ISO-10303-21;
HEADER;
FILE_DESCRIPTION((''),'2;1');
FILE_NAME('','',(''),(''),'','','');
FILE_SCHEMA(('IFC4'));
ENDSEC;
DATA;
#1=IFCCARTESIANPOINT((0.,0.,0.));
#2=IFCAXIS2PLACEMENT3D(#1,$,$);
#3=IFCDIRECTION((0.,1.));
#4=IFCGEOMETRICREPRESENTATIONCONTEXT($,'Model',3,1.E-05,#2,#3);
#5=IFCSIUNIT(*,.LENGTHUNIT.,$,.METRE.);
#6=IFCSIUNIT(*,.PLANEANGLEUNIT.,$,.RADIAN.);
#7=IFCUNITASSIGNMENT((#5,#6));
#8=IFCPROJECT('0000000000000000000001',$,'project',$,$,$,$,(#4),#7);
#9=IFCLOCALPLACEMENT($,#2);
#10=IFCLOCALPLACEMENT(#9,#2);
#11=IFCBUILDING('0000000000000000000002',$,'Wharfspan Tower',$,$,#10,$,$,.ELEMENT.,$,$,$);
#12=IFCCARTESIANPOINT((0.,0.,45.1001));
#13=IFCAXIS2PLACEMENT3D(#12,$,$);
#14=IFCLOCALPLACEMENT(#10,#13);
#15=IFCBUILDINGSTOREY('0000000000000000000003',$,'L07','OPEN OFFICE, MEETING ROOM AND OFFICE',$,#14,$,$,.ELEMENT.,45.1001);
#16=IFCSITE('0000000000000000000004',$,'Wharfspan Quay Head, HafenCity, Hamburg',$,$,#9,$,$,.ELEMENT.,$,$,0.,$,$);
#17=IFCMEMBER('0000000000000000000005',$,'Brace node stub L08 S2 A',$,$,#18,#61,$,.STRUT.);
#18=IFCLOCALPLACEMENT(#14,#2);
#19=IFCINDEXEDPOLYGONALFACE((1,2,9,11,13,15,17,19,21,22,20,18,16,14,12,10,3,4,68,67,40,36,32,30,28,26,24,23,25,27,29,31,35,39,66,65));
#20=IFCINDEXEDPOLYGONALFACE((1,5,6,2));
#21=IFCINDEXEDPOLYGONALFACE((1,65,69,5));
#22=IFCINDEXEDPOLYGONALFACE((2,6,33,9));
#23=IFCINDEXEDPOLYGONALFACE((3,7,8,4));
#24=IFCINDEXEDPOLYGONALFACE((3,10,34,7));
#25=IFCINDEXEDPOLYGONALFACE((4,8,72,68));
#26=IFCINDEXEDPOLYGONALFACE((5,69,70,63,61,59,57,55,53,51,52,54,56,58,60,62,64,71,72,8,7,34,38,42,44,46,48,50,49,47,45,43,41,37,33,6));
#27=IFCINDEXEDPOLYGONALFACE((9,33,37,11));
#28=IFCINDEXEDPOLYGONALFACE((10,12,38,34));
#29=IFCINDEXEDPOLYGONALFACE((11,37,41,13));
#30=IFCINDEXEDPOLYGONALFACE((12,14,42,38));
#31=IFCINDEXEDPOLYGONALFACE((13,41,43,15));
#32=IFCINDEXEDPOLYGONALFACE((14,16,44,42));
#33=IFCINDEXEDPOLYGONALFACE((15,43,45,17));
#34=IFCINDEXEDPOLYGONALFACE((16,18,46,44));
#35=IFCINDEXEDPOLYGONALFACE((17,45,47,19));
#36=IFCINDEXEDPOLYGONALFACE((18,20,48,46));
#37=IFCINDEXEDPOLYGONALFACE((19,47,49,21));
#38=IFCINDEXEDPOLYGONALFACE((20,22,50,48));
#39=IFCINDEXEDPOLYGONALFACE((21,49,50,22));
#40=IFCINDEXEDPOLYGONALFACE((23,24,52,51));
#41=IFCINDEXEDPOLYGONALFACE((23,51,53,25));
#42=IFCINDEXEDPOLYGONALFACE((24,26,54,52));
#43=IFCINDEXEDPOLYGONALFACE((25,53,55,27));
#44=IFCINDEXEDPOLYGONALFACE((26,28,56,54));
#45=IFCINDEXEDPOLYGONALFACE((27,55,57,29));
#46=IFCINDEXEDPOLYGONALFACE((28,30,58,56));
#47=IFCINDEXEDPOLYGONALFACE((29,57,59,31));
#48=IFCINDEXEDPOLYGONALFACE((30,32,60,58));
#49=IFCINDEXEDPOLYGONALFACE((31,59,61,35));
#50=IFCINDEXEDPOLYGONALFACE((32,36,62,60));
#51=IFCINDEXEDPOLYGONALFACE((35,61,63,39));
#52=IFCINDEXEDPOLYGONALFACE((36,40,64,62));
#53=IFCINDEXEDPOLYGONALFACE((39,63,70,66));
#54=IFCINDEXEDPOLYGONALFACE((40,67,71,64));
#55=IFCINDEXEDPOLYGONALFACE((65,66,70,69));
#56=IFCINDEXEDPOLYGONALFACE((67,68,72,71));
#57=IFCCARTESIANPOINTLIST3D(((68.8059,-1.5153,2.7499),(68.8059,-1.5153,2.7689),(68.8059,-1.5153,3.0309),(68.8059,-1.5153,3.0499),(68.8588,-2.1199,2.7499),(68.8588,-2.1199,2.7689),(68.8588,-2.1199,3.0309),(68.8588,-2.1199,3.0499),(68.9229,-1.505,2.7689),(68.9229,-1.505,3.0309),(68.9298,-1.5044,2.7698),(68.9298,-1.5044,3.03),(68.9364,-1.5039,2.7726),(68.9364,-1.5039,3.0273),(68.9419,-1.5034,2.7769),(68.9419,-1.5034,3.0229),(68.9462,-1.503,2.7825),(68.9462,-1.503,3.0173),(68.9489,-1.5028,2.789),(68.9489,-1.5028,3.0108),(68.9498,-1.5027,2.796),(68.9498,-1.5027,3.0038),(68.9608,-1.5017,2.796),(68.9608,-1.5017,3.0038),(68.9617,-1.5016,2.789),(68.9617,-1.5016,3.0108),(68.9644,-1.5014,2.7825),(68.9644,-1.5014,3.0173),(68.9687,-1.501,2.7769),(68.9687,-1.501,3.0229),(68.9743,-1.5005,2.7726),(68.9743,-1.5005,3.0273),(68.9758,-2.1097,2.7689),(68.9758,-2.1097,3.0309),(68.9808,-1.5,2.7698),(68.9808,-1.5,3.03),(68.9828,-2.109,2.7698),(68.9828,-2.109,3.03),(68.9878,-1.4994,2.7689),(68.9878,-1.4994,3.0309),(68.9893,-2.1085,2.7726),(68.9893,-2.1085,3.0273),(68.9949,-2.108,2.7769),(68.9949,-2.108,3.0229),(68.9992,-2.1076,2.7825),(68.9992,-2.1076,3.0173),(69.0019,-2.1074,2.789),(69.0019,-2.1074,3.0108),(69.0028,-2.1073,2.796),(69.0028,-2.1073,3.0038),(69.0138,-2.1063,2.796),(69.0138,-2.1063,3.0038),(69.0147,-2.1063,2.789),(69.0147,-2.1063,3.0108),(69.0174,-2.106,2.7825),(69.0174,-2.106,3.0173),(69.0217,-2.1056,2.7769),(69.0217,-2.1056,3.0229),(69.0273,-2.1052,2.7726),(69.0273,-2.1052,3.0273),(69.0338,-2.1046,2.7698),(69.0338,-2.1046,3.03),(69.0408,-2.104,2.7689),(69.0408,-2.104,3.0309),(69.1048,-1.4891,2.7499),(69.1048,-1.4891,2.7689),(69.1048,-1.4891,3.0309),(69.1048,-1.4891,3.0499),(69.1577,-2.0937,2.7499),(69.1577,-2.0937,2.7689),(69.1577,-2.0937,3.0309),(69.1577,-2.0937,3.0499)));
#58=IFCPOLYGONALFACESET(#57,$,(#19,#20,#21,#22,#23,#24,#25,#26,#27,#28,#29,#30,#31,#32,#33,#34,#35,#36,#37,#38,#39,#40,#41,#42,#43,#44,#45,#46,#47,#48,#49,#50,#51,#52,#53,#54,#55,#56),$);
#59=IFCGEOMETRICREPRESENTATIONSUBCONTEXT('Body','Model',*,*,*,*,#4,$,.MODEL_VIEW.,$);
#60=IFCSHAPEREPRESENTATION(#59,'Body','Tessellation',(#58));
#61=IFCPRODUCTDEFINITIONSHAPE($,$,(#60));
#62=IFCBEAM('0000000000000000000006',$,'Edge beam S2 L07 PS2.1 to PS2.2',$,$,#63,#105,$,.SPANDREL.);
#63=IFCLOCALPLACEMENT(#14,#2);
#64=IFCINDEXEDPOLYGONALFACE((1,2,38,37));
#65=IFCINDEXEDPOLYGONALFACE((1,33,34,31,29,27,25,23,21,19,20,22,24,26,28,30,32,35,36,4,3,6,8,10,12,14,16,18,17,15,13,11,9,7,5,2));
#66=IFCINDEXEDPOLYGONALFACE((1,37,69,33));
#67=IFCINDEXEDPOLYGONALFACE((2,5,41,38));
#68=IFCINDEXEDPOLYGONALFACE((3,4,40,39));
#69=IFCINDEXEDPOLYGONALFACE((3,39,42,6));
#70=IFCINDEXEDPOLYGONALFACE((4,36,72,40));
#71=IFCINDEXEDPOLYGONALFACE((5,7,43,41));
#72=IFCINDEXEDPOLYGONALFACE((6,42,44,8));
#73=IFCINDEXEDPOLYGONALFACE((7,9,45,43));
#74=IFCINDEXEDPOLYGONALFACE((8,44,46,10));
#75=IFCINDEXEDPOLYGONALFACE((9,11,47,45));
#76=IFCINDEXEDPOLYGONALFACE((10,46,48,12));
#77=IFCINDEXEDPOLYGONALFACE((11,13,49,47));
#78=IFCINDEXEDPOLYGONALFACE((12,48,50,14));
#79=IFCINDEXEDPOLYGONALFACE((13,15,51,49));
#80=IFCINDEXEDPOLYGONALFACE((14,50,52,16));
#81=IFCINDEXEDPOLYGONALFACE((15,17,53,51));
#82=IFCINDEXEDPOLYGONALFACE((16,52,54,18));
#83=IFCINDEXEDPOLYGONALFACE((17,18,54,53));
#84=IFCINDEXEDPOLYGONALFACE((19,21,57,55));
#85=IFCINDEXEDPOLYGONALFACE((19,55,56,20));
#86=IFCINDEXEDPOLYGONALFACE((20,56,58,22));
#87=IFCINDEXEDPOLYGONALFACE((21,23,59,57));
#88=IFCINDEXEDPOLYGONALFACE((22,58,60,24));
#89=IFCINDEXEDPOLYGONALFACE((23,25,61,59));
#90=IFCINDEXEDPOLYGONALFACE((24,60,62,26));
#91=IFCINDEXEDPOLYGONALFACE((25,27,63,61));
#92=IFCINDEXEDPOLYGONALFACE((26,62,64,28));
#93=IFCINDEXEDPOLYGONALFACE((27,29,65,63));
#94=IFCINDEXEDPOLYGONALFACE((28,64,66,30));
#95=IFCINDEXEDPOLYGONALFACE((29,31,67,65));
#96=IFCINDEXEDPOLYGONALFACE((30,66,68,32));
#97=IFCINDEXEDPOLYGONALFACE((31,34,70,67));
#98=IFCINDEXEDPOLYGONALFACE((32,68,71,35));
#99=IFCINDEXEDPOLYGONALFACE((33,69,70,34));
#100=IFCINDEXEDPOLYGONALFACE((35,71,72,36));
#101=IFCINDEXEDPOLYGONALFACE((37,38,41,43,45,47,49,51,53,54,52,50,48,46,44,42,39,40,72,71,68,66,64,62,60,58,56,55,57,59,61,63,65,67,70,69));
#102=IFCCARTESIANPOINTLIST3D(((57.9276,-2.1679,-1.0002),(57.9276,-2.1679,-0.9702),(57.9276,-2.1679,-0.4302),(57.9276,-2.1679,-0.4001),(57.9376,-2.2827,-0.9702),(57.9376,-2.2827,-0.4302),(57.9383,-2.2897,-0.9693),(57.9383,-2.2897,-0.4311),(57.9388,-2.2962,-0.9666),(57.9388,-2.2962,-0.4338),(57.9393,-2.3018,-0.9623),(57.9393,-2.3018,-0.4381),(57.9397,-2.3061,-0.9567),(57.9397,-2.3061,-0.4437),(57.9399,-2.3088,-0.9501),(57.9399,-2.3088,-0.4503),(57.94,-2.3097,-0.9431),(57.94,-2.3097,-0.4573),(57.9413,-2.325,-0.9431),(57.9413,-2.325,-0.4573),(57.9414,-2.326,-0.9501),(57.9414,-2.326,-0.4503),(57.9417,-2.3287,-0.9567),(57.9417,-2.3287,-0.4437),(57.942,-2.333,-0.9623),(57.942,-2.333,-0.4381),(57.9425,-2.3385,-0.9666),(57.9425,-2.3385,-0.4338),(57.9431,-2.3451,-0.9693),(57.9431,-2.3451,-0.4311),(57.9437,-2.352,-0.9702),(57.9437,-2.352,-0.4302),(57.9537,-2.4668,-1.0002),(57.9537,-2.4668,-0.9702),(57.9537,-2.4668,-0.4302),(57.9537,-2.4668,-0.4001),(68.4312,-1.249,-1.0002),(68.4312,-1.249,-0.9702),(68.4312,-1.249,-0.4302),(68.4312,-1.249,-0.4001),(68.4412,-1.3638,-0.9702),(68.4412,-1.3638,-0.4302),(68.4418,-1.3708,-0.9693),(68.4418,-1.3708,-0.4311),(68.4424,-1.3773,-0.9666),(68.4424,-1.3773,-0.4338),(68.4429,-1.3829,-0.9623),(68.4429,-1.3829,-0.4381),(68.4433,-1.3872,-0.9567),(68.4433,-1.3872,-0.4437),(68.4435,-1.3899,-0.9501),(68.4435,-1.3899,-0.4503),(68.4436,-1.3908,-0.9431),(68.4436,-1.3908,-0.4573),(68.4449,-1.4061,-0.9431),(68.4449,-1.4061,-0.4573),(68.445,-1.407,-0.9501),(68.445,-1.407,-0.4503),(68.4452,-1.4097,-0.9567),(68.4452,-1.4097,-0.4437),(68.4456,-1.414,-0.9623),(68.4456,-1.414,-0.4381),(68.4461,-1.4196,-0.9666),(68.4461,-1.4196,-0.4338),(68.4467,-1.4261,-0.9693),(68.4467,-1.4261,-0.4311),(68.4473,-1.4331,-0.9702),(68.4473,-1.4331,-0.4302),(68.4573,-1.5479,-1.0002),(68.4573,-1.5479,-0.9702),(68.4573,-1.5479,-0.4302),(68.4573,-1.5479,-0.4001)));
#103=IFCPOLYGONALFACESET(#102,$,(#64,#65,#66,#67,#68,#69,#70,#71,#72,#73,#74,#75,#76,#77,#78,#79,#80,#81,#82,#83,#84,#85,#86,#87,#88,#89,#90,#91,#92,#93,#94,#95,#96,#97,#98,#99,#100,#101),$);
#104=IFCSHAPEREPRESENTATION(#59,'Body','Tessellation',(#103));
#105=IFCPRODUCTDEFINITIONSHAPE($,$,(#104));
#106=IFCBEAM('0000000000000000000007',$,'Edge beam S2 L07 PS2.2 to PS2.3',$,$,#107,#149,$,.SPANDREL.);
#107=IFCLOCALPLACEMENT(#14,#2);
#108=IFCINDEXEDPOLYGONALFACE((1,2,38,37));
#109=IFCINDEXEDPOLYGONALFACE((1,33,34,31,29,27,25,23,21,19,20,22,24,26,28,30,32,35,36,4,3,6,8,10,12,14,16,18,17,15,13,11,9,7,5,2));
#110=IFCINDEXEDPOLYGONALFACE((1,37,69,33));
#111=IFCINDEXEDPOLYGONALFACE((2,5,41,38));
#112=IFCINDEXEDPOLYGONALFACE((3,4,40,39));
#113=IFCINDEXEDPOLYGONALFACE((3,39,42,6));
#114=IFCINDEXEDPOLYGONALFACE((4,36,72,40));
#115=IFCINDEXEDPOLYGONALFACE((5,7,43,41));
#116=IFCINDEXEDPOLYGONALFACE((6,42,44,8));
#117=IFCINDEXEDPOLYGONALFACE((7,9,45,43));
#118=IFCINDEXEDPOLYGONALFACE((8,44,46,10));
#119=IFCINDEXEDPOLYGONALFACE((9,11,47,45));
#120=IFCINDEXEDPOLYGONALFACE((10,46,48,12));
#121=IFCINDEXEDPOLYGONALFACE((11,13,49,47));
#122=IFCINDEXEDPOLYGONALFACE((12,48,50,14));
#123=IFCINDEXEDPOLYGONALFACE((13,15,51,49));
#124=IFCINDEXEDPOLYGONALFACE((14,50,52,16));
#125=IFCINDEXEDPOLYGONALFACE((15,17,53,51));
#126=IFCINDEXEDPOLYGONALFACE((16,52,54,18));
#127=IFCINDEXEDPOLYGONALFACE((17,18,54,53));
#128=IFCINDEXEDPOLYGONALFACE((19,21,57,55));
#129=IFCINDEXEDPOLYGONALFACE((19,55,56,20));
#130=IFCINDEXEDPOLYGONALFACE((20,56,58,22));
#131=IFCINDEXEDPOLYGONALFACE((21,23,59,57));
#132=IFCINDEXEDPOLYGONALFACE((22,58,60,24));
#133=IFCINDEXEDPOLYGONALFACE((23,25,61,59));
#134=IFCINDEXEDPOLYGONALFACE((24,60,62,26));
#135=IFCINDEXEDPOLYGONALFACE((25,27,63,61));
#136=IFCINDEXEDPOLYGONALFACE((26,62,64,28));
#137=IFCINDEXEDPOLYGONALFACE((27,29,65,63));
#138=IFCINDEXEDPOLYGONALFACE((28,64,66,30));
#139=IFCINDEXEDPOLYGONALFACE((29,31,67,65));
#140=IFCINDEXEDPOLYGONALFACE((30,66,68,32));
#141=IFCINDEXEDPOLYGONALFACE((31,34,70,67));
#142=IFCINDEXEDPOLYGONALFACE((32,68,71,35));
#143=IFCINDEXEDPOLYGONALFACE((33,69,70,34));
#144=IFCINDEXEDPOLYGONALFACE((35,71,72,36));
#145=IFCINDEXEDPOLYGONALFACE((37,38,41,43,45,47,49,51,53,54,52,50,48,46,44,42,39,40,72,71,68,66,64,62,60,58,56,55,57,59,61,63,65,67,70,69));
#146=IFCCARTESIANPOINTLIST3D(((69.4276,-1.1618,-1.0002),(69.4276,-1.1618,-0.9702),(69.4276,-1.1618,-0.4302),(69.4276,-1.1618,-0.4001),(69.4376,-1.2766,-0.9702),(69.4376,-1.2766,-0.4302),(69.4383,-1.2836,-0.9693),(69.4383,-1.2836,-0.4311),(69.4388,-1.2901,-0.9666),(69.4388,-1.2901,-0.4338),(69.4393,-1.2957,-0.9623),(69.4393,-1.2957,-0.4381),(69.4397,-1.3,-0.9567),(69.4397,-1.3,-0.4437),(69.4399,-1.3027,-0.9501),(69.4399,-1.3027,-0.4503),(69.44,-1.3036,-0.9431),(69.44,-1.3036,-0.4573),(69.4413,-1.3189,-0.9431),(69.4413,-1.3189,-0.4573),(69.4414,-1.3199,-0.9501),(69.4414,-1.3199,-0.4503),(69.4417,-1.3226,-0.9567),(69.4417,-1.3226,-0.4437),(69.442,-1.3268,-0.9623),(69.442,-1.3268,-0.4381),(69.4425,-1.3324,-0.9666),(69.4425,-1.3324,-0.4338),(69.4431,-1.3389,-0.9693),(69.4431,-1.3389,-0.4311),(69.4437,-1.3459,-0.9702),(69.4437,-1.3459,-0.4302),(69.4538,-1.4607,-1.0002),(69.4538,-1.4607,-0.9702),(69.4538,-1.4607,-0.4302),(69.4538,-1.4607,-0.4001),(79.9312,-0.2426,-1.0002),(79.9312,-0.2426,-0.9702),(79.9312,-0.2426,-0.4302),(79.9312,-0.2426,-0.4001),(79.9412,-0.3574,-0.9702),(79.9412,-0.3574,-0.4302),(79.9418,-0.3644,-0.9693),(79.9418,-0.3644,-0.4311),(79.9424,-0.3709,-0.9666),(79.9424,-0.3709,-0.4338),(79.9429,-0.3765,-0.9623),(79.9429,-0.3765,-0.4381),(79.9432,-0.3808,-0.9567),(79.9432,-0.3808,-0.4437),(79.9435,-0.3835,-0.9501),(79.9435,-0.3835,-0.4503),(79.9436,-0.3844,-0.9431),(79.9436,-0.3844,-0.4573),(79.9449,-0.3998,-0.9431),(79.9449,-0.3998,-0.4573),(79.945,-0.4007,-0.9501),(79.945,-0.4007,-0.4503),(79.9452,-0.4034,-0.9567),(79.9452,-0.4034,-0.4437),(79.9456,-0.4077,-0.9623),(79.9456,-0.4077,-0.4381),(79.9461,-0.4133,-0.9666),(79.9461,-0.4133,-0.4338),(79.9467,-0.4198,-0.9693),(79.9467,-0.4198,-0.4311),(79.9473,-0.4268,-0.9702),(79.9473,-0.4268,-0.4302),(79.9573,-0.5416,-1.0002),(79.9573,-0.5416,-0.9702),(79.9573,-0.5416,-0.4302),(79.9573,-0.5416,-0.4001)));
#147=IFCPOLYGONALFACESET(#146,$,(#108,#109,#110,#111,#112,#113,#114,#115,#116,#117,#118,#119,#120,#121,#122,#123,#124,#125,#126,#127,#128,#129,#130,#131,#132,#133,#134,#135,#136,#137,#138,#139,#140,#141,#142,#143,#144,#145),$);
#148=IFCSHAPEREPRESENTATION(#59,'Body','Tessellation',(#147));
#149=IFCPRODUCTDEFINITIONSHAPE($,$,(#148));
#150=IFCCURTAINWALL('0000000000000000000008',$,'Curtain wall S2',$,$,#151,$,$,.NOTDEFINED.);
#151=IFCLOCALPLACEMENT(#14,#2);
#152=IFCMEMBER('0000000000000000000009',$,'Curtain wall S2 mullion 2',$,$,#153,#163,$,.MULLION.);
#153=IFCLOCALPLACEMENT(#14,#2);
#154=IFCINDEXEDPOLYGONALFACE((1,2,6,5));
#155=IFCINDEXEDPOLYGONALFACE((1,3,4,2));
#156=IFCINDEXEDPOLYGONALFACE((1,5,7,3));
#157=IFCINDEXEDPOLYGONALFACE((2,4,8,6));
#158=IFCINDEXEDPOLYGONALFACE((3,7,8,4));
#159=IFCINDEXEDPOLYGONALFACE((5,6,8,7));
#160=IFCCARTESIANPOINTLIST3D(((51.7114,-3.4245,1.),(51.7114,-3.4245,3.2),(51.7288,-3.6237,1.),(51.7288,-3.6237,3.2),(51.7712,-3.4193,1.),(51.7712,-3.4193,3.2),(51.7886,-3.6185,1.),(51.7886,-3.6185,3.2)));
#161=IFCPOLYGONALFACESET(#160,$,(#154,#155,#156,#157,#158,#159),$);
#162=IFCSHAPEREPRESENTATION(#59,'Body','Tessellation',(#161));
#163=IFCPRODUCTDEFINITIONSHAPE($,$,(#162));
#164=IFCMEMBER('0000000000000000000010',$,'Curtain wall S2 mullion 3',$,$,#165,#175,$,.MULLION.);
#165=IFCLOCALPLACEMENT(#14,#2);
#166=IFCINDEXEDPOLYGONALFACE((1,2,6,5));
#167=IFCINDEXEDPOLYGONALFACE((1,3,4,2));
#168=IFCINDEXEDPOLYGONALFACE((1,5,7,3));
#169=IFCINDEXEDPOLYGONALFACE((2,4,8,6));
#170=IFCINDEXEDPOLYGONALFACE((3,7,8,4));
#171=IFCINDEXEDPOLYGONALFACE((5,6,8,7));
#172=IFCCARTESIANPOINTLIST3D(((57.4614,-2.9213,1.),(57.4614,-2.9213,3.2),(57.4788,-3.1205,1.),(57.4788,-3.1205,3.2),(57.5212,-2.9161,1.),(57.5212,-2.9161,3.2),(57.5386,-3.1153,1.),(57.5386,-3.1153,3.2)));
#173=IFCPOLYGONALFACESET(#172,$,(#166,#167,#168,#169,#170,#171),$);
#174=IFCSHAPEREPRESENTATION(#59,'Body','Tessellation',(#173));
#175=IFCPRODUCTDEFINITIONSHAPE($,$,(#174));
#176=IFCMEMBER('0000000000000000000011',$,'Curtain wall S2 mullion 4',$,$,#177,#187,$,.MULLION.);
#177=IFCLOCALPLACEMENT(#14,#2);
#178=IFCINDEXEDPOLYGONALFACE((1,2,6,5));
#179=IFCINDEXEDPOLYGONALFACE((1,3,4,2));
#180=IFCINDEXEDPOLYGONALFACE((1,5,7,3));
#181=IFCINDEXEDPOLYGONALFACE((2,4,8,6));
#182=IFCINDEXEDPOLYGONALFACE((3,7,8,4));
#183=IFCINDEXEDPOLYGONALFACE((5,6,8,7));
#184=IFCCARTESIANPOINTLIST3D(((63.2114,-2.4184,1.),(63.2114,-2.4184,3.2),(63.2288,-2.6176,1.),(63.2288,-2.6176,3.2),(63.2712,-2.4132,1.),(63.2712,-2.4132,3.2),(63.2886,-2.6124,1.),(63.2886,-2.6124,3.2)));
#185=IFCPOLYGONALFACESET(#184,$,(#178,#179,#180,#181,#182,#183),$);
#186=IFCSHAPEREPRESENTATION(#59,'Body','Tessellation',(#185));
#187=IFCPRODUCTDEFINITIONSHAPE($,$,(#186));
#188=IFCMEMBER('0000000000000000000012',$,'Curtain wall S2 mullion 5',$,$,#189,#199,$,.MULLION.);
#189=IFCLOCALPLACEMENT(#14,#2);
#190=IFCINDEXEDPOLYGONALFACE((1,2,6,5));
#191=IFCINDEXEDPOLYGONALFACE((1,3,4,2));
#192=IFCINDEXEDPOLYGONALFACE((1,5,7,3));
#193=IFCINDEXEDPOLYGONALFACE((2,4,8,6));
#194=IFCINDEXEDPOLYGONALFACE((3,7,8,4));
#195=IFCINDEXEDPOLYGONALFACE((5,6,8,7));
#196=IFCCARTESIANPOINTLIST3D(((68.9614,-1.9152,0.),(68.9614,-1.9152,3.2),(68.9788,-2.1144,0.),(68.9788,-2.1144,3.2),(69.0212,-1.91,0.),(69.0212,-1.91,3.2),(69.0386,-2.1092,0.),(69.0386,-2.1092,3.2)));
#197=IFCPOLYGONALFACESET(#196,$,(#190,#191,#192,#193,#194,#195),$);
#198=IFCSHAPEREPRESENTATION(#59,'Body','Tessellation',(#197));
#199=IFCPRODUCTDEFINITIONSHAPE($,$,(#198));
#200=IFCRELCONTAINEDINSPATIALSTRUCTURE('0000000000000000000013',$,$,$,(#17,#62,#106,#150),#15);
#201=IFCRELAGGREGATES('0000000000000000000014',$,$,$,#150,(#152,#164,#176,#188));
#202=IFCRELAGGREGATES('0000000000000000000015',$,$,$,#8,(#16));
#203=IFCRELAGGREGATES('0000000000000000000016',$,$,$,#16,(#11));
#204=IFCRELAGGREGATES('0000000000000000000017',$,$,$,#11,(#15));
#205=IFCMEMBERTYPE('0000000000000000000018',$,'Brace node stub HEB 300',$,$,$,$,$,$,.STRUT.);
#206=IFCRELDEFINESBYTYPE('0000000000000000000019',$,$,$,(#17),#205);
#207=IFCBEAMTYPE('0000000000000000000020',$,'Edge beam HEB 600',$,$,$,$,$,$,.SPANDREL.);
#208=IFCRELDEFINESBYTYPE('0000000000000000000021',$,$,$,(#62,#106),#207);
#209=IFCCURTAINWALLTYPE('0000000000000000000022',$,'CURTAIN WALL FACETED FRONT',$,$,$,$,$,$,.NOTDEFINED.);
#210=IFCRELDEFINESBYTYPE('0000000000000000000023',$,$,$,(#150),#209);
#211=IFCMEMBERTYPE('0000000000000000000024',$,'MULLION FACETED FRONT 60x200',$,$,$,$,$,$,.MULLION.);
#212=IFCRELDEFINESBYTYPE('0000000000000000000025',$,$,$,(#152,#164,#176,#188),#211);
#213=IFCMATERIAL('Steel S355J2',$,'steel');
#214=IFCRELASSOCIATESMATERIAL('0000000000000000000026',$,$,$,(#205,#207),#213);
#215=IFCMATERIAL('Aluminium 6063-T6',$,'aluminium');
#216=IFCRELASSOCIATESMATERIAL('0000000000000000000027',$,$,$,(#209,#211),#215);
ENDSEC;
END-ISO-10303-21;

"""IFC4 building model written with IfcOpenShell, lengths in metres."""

from ifc_helpers import new_model, si_unit, direction, frame, origin, origin_2d, place, context, subcontext, project, spatial, rectangle, i_section, extrude, material, material_profile, profile_set, type_object, element, aggregate, save


model = new_model("IFC4")

# Units and contexts
model_context = context("Model", 3, precision=1e-05, world=origin(), true_north=direction((0.0, 1.0)))
body_context = subcontext(model_context, "Body", "Model", "MODEL_VIEW")
ifc_project = project(units=[si_unit("LENGTHUNIT", "METRE"), si_unit("PLANEANGLEUNIT", "RADIAN")], contexts=[model_context])

# Site, building, storey
site_placement = place(None, origin())
site = spatial("IfcSite", under=ifc_project, at=site_placement, Name="Wharfspan Quay Head, HafenCity, Hamburg", CompositionType="ELEMENT", RefElevation=0.0)
building_placement = place(site_placement, origin())
building = spatial("IfcBuilding", under=site, at=building_placement, Name="Wharfspan Tower", CompositionType="ELEMENT")
storey_placement = place(building_placement, frame((0.0, 0.0, 45.1001)))
storey = spatial("IfcBuildingStorey", under=building, at=storey_placement, Name="L07", Description="OPEN OFFICE, MEETING ROOM AND OFFICE", CompositionType="ELEMENT", Elevation=45.1001)

# Shared definitions
ifc_material_1 = material(Name="Steel S355J2", Category="steel")

# Member
ifc_material_profile_1 = material_profile(ifc_material_1, i_section(OverallWidth=0.3, OverallDepth=0.3, WebThickness=0.011, FlangeThickness=0.019, FilletRadius=0.0271, at=origin_2d()))
ifc_profile_set_1 = profile_set([ifc_material_profile_1], Name="Steel S355J2")
member_type_1 = type_object("IfcMemberType", Name="Brace node stub HEB 300", PredefinedType="STRUT", material=ifc_profile_set_1)
member_1_placement = place(storey_placement, frame((68.9553, -1.5022, 2.8999), z_axis=(0.087272, -0.996185, 0.0), x_axis=(0.996185, 0.087272, 0.0)))
element("IfcMember", 1, at=member_1_placement, inside=storey, type_object=member_type_1, Name="Brace node stub L08 S2 A", PredefinedType="STRUT", context=body_context, shape_type="SweptSolid", body=[
    extrude(i_section(OverallWidth=0.3, OverallDepth=0.3, WebThickness=0.011, FlangeThickness=0.019, FilletRadius=0.0271, at=origin_2d()), origin(), (0.0, 0.0, 1.0), 0.6069),
])

# Beams
ifc_material_profile_2 = material_profile(ifc_material_1, i_section(OverallWidth=0.3, OverallDepth=0.6001, WebThickness=0.0154, FlangeThickness=0.03, FilletRadius=0.0271, at=origin_2d()))
ifc_profile_set_2 = profile_set([ifc_material_profile_2], Name="Steel S355J2")
beam_type = type_object("IfcBeamType", Name="Edge beam HEB 600", PredefinedType="SPANDREL", material=ifc_profile_set_2)
for number, where, z_axis, x_axis, name in (
    (2, (57.9407, -2.3174, -0.7002), (0.996195, 0.087155, 0.0), (-0.087155, 0.996195, 0.0), "Edge beam S2 L07 PS2.1 to PS2.2"),
    (3, (69.4407, -1.3113, -0.7002), (0.996193, 0.087178, 0.0), (-0.087178, 0.996193, 0.0), "Edge beam S2 L07 PS2.2 to PS2.3"),
):
    element("IfcBeam", number, at=place(storey_placement, frame(where, z_axis=z_axis, x_axis=x_axis)), inside=storey, type_object=beam_type, Name=name, PredefinedType="SPANDREL", context=body_context, shape_type="SweptSolid", body=[
        extrude(i_section(OverallWidth=0.3, OverallDepth=0.6001, WebThickness=0.0154, FlangeThickness=0.03, FilletRadius=0.0271, at=origin_2d()), origin(), (0.0, 0.0, 1.0), 10.5437),
    ])

# Curtain wall, members
ifc_material_2 = material(Name="Aluminium 6063-T6", Category="aluminium")
curtain_wall_type = type_object("IfcCurtainWallType", Name="CURTAIN WALL FACETED FRONT", PredefinedType="NOTDEFINED", material=ifc_material_2)
curtain_wall_placement = place(storey_placement, origin())
curtain_wall = element("IfcCurtainWall", 4, at=curtain_wall_placement, inside=storey, type_object=curtain_wall_type, Name="Curtain wall S2", PredefinedType="NOTDEFINED")
ifc_material_profile_3 = material_profile(ifc_material_2, rectangle(XDim=0.2, YDim=0.0601, at=origin_2d()))
ifc_profile_set_3 = profile_set([ifc_material_profile_3], Name="Aluminium 6063-T6")
member_type_2 = type_object("IfcMemberType", Name="MULLION FACETED FRONT 60x200", PredefinedType="MULLION", material=ifc_profile_set_3)
member_2_placement = place(storey_placement, frame((51.75, -3.5215, 1.0), z_axis=(0.0, 0.0, 1.0), x_axis=(-0.087156, 0.996197, 0.0)))
member_2 = element("IfcMember", 5, at=member_2_placement, type_object=member_type_2, Name="Curtain wall S2 mullion 2", PredefinedType="MULLION", context=body_context, shape_type="SweptSolid", body=[
    extrude(rectangle(XDim=0.2, YDim=0.0601, at=origin_2d()), origin(), (0.0, 0.0, 1.0), 2.2),
])
member_3_placement = place(storey_placement, frame((57.5, -3.0183, 1.0), z_axis=(0.0, 0.0, 1.0), x_axis=(-0.087156, 0.996197, 0.0)))
member_3 = element("IfcMember", 6, at=member_3_placement, type_object=member_type_2, Name="Curtain wall S2 mullion 3", PredefinedType="MULLION", context=body_context, shape_type="SweptSolid", body=[
    extrude(rectangle(XDim=0.2, YDim=0.0601, at=origin_2d()), origin(), (0.0, 0.0, 1.0), 2.2),
])
member_4_placement = place(storey_placement, frame((63.25, -2.5154, 1.0), z_axis=(0.0, 0.0, 1.0), x_axis=(-0.087156, 0.996197, 0.0)))
member_4 = element("IfcMember", 7, at=member_4_placement, type_object=member_type_2, Name="Curtain wall S2 mullion 4", PredefinedType="MULLION", context=body_context, shape_type="SweptSolid", body=[
    extrude(rectangle(XDim=0.2, YDim=0.0601, at=origin_2d()), origin(), (0.0, 0.0, 1.0), 2.2),
])
member_5_placement = place(storey_placement, frame((69.0, -2.0122, 0.0), z_axis=(0.0, 0.0, 1.0), x_axis=(-0.087156, 0.996197, 0.0)))
member_5 = element("IfcMember", 8, at=member_5_placement, type_object=member_type_2, Name="Curtain wall S2 mullion 5", PredefinedType="MULLION", context=body_context, shape_type="SweptSolid", body=[
    extrude(rectangle(XDim=0.2, YDim=0.0601, at=origin_2d()), origin(), (0.0, 0.0, 1.0), 3.2),
])

aggregate(curtain_wall, [member_2, member_3, member_4, member_5])

save(model, "model.ifc")
